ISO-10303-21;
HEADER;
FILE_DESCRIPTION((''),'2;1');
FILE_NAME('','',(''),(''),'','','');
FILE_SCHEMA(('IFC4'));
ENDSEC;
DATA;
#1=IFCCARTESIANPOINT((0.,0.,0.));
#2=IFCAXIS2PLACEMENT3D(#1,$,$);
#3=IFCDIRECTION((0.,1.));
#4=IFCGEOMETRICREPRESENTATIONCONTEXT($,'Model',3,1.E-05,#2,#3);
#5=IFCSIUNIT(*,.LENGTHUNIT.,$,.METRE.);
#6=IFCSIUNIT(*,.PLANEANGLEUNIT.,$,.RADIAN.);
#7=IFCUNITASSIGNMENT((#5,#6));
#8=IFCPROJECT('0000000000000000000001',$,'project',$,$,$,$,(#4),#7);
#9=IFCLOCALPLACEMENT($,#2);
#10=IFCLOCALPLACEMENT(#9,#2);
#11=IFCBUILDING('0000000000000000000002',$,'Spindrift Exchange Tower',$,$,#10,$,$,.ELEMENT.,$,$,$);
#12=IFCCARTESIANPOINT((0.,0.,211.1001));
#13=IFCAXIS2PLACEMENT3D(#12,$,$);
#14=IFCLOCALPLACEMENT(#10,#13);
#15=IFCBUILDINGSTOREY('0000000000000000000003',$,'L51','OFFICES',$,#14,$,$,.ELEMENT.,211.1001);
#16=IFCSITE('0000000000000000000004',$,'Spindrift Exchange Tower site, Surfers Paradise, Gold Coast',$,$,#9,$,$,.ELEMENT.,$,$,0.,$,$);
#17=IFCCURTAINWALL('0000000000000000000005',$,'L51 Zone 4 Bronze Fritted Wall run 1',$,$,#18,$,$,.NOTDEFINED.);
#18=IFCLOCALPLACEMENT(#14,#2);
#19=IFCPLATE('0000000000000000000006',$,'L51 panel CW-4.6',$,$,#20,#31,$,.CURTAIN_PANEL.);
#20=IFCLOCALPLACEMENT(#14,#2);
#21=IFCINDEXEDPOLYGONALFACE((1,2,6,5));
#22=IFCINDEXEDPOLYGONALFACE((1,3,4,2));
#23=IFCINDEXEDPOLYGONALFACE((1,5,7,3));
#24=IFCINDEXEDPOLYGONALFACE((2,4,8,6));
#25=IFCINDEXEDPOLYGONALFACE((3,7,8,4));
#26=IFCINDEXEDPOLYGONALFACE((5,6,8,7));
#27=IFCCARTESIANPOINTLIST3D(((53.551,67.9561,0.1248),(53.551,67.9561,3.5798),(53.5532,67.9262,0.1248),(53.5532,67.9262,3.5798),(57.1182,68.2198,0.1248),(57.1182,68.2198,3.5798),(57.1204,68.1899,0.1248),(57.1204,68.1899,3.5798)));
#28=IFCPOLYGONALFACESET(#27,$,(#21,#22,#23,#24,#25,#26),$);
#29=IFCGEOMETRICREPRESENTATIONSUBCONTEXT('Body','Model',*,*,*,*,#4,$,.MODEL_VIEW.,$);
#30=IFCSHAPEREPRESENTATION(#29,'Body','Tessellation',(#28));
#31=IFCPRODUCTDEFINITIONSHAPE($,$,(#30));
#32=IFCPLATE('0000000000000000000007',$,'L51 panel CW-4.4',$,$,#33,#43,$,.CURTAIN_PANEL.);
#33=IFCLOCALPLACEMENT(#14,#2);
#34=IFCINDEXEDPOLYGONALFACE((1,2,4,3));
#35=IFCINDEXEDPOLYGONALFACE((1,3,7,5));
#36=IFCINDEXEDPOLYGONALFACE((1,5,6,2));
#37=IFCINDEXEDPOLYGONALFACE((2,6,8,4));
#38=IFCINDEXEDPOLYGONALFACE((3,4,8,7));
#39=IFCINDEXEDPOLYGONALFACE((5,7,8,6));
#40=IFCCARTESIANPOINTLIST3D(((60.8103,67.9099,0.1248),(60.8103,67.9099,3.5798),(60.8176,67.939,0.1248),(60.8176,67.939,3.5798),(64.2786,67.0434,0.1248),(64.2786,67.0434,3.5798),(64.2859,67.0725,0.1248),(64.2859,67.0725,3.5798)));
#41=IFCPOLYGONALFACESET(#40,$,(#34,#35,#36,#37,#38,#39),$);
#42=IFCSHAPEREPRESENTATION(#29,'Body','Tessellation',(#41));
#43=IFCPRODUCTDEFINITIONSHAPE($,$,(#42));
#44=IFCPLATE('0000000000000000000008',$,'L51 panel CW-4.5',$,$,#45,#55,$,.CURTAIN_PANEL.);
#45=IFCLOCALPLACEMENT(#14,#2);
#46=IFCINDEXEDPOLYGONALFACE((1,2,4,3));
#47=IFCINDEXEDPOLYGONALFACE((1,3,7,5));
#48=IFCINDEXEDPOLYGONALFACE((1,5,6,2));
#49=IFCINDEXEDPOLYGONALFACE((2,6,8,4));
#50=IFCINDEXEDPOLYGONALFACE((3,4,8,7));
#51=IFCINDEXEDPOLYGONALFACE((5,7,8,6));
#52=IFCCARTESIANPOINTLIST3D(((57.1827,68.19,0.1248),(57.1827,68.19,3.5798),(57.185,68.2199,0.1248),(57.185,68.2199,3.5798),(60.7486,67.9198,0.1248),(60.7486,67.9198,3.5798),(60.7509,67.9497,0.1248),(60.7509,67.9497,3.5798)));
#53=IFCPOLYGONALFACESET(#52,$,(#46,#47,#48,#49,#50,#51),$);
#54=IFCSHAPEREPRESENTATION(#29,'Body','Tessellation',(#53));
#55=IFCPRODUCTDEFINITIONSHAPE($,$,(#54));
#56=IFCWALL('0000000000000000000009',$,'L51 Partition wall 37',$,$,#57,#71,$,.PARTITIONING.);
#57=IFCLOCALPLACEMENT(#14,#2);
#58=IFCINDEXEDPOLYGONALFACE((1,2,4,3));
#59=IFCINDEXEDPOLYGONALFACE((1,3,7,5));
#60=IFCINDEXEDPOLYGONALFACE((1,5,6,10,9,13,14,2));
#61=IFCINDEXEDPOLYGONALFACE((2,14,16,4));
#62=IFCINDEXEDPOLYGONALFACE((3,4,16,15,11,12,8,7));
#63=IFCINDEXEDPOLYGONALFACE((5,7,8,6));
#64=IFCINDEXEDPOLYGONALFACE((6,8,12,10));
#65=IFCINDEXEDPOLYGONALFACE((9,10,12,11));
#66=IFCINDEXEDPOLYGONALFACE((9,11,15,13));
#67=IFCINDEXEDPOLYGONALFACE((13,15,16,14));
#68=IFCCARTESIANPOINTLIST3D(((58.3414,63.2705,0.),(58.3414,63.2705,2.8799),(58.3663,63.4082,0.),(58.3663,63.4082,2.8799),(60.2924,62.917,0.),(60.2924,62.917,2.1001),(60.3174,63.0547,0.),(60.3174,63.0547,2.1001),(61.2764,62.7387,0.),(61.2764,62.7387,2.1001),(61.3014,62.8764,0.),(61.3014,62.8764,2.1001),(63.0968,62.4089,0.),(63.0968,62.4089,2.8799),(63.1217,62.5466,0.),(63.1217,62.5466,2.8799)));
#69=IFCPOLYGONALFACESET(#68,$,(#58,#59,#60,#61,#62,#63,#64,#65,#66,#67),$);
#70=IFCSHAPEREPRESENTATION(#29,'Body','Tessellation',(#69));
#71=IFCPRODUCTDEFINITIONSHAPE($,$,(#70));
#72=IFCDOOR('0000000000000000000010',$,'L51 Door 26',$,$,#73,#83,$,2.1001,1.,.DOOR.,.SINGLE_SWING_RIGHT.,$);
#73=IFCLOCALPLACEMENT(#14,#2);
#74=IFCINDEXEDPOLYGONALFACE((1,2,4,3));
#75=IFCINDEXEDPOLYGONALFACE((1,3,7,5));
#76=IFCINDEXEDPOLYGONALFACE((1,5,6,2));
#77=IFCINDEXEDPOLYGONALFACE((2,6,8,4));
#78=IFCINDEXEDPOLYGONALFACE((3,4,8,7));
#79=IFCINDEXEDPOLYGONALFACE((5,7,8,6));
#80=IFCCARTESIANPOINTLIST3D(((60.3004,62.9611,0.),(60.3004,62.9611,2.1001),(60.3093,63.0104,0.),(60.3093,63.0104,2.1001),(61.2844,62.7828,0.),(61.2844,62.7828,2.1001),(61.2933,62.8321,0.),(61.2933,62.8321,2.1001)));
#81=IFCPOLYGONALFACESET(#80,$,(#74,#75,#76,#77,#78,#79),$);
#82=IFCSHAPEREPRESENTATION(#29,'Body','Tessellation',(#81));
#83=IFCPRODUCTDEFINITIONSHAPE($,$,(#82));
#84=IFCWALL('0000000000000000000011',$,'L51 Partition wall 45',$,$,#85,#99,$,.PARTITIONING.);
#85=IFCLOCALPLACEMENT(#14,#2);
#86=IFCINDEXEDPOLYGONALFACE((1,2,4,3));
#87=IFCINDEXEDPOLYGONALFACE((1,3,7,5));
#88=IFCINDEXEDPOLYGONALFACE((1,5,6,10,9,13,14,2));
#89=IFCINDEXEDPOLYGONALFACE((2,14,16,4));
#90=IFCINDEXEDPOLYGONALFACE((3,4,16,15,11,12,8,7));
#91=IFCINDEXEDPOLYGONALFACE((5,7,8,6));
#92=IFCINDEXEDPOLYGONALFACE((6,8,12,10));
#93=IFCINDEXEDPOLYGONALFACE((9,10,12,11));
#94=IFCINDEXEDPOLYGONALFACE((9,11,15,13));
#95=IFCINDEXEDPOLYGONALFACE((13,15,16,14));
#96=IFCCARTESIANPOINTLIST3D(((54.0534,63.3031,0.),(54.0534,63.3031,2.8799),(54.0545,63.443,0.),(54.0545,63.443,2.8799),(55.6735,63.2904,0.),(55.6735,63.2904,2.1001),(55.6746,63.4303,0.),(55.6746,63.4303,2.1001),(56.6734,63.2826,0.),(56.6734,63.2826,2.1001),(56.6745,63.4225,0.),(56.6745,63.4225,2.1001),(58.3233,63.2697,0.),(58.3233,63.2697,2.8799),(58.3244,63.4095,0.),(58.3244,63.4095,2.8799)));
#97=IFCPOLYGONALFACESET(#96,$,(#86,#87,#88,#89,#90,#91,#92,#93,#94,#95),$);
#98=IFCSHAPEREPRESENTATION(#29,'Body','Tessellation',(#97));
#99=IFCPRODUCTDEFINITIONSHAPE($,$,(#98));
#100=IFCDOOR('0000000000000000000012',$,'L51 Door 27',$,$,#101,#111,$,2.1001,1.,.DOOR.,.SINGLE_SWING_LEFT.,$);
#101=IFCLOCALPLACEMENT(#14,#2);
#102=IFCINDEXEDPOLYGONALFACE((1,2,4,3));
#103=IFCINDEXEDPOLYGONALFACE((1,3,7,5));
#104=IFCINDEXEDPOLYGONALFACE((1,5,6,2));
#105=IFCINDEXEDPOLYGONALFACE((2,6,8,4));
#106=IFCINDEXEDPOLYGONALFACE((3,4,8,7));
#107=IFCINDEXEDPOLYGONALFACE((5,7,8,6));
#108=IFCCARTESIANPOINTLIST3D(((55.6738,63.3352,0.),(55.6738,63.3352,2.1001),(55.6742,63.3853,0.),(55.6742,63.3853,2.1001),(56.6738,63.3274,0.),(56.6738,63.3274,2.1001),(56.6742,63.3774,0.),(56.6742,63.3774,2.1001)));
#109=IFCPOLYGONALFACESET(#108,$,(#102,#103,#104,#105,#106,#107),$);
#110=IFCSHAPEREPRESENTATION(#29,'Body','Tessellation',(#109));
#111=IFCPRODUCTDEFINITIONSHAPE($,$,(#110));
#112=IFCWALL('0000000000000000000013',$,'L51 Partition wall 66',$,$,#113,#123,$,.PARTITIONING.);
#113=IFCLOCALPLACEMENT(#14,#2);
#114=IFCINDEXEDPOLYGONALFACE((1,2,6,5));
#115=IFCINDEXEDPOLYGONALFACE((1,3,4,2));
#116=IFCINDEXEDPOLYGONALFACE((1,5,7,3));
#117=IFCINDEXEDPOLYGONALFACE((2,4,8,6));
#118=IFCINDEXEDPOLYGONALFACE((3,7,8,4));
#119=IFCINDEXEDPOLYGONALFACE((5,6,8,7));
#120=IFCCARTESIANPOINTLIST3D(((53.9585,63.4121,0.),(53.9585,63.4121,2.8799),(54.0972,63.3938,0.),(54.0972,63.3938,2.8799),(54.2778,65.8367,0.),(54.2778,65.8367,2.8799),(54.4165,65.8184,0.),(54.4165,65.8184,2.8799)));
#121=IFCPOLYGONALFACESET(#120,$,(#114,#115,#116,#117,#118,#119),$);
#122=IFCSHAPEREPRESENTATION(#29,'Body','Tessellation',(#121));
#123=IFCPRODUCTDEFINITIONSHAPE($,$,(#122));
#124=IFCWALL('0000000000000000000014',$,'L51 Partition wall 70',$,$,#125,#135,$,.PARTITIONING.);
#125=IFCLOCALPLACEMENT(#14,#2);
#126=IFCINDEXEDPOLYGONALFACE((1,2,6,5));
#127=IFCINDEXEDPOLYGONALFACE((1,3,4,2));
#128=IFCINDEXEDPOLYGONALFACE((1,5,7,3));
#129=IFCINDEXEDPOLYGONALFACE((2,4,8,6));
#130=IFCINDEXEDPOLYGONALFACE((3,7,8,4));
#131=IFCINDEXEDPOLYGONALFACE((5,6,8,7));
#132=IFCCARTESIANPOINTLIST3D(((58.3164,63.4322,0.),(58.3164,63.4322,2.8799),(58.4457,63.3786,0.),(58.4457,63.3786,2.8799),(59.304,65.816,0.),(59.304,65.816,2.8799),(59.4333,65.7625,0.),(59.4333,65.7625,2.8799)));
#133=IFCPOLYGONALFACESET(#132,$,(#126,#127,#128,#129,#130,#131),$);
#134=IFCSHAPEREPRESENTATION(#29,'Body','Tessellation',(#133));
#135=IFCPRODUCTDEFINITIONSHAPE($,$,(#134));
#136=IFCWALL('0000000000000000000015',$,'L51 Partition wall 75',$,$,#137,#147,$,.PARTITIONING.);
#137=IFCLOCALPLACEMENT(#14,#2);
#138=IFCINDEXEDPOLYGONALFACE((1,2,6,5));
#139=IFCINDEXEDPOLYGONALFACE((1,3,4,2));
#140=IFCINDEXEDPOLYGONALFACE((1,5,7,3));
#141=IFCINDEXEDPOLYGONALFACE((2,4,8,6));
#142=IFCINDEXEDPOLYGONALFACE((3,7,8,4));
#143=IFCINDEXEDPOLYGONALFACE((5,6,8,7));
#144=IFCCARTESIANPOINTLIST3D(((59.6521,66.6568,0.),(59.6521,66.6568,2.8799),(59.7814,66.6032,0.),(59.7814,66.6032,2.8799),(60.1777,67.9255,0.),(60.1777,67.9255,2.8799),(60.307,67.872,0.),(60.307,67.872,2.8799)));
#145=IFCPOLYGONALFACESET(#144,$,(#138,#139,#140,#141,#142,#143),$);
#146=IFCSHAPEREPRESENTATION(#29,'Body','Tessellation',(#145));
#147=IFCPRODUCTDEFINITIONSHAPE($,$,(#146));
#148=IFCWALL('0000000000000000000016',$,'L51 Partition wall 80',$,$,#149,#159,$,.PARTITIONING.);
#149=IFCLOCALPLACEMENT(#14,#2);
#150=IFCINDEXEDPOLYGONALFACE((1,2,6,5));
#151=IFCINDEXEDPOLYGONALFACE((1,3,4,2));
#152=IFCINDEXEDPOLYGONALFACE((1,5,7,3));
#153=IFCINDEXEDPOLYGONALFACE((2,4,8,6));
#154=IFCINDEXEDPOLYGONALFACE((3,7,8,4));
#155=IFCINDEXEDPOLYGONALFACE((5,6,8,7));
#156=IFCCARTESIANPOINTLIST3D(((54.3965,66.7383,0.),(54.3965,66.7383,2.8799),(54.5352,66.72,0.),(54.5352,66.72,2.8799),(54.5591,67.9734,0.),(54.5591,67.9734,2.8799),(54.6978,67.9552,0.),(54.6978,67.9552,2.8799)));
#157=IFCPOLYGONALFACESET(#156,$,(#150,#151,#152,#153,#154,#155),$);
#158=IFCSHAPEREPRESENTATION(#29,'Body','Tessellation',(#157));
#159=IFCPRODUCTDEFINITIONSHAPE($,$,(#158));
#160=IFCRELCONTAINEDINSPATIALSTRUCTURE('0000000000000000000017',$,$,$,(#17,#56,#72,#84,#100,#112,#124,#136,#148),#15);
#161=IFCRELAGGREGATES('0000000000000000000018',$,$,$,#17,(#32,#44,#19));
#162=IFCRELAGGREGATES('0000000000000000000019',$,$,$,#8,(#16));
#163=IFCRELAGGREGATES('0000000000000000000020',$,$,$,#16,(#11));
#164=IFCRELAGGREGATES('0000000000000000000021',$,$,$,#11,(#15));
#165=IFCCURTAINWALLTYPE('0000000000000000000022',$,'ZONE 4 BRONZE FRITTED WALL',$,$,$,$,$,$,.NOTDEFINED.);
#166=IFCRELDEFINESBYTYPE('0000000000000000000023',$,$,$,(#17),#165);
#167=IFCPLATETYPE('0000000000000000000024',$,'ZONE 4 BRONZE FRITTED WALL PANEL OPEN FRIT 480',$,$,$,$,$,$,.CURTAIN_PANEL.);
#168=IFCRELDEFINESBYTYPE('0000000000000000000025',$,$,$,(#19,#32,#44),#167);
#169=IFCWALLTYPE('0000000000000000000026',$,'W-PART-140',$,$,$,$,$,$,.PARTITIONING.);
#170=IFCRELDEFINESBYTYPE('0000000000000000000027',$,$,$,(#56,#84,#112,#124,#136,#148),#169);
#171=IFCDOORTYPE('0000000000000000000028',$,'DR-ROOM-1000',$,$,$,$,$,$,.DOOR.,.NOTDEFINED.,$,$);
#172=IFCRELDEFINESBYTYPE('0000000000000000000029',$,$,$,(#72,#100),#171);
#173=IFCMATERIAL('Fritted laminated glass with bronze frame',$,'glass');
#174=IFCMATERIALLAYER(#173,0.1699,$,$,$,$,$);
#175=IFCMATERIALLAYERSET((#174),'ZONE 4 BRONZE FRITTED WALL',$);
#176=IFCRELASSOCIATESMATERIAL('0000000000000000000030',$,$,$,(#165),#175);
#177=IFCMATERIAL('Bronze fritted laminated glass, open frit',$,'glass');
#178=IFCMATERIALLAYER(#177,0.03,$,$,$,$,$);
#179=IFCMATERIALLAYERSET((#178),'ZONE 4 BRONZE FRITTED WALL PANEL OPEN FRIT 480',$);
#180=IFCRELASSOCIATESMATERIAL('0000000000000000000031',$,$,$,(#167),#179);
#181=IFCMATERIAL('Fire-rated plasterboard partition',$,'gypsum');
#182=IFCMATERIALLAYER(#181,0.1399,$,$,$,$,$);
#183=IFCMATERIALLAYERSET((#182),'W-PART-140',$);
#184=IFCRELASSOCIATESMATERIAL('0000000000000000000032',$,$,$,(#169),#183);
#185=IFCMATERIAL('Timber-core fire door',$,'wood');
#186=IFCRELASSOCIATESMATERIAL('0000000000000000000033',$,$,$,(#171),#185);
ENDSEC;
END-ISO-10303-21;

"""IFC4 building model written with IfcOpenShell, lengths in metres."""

from ifc_helpers import new_model, si_unit, direction, frame, frame_2d, origin, origin_2d, place, context, subcontext, project, spatial, rectangle, extrude, source, transform, mapped, material, layer, layer_set, type_object, element, fill, aggregate, save


model = new_model("IFC4")

# Units and contexts
model_context = context("Model", 3, precision=1e-05, world=origin(), true_north=direction((0.0, 1.0)))
body_context = subcontext(model_context, "Body", "Model", "MODEL_VIEW")
ifc_project = project(units=[si_unit("LENGTHUNIT", "METRE"), si_unit("PLANEANGLEUNIT", "RADIAN")], contexts=[model_context])

# Site, building, storey
site_placement = place(None, origin())
site = spatial("IfcSite", under=ifc_project, at=site_placement, Name="Spindrift Exchange Tower site, Surfers Paradise, Gold Coast", CompositionType="ELEMENT", RefElevation=0.0)
building_placement = place(site_placement, origin())
building = spatial("IfcBuilding", under=site, at=building_placement, Name="Spindrift Exchange Tower", CompositionType="ELEMENT")
storey_placement = place(building_placement, frame((0.0, 0.0, 211.1001)))
storey = spatial("IfcBuildingStorey", under=building, at=storey_placement, Name="L51", Description="OFFICES", CompositionType="ELEMENT", Elevation=211.1001)

# Curtain wall
ifc_material_1 = material(Name="Fritted laminated glass with bronze frame", Category="glass")
ifc_layer_1 = layer(ifc_material_1, 0.1699)
ifc_layer_set_1 = layer_set([ifc_layer_1], Name="ZONE 4 BRONZE FRITTED WALL")
curtain_wall_type = type_object("IfcCurtainWallType", Name="ZONE 4 BRONZE FRITTED WALL", PredefinedType="NOTDEFINED", material=ifc_layer_set_1)
curtain_wall_1_placement = place(storey_placement, origin())
curtain_wall_1 = element("IfcCurtainWall", 1, at=curtain_wall_1_placement, inside=storey, type_object=curtain_wall_type, Name="L51 Zone 4 Bronze Fritted Wall run 1", PredefinedType="NOTDEFINED")

# Plates
ifc_material_2 = material(Name="Bronze fritted laminated glass, open frit", Category="glass")
ifc_layer_2 = layer(ifc_material_2, 0.03)
ifc_layer_set_2 = layer_set([ifc_layer_2], Name="ZONE 4 BRONZE FRITTED WALL PANEL OPEN FRIT 480")
plate_type = type_object("IfcPlateType", Name="ZONE 4 BRONZE FRITTED WALL PANEL OPEN FRIT 480", PredefinedType="CURTAIN_PANEL", material=ifc_layer_set_2)
shared_shape_1 = source(origin(), body_context, "Body", "SweptSolid", [
    extrude(rectangle(XDim=3.5769, YDim=0.03, at=origin_2d()), origin(), (0.0, 0.0, 1.0), 3.4551),
])
plate_1_placement = place(storey_placement, frame((55.3357, 68.073, 0.1248), z_axis=(0.0, 0.0, 1.0), x_axis=(-0.997278, -0.073727, 0.0)))
plate_1 = element("IfcPlate", 2, at=plate_1_placement, type_object=plate_type, Name="L51 panel CW-4.6", PredefinedType="CURTAIN_PANEL", context=body_context, shape_type="MappedRepresentation", body=[
    mapped(shared_shape_1, transform((0.0, 0.0, 0.0), scale=1.0)),
])
shared_shape_2 = source(origin(), body_context, "Body", "SweptSolid", [
    extrude(rectangle(XDim=3.575, YDim=0.03, at=origin_2d()), origin(), (0.0, 0.0, 1.0), 3.4551),
])
plate_2_placement = place(storey_placement, frame((62.5481, 67.4912, 0.1248), z_axis=(0.0, 0.0, 1.0), x_axis=(-0.970178, 0.242393, 0.0)))
plate_2 = element("IfcPlate", 3, at=plate_2_placement, type_object=plate_type, Name="L51 panel CW-4.4", PredefinedType="CURTAIN_PANEL", context=body_context, shape_type="MappedRepresentation", body=[
    mapped(shared_shape_2, transform((0.0, 0.0, 0.0), scale=1.0)),
])
shared_shape_3 = source(origin(), body_context, "Body", "SweptSolid", [
    extrude(rectangle(XDim=3.5762, YDim=0.03, at=origin_2d()), origin(), (0.0, 0.0, 1.0), 3.4551),
])
plate_3_placement = place(storey_placement, frame((58.9668, 68.0698, 0.1248), z_axis=(0.0, 0.0, 1.0), x_axis=(-0.997142, 0.075555, 0.0)))
plate_3 = element("IfcPlate", 4, at=plate_3_placement, type_object=plate_type, Name="L51 panel CW-4.5", PredefinedType="CURTAIN_PANEL", context=body_context, shape_type="MappedRepresentation", body=[
    mapped(shared_shape_3, transform((0.0, 0.0, 0.0), scale=1.0)),
])
aggregate(curtain_wall_1, [plate_2, plate_3, plate_1])

# Walls, openings, doors
ifc_material_3 = material(Name="Fire-rated plasterboard partition", Category="gypsum")
ifc_layer_3 = layer(ifc_material_3, 0.1399)
ifc_layer_set_3 = layer_set([ifc_layer_3], Name="W-PART-140")
wall_type = type_object("IfcWallType", Name="W-PART-140", PredefinedType="PARTITIONING", material=ifc_layer_set_3)
wall_1_placement = place(storey_placement, frame((58.3538, 63.3394, 0.0), z_axis=(0.0, 0.0, 1.0), x_axis=(0.98398, -0.178276, 0.0)))
wall_1 = element("IfcWall", 5, at=wall_1_placement, inside=storey, type_object=wall_type, Name="L51 Partition wall 37", PredefinedType="PARTITIONING", context=body_context, shape_type="SweptSolid", body=[
    extrude(rectangle(XDim=4.8328, YDim=0.1399, at=frame_2d((2.4165, 0.0))), origin(), (0.0, 0.0, 1.0), 2.8799),
])
opening_1_placement = place(wall_1_placement, frame((1.9829, 0.0, 0.0)))
opening_1 = element("IfcOpeningElement", 6, at=opening_1_placement, cuts=wall_1, PredefinedType="OPENING", context=body_context, shape_type="SweptSolid", body=[
    extrude(rectangle(XDim=1.0, YDim=2.1001, at=frame_2d((0.5, 1.05))), frame((0.0, 0.0798, 0.0), z_axis=(0.0, -1.0, 0.0), x_axis=(1.0, 0.0, 0.0)), (0.0, 0.0, 1.0), 0.1599),
])
ifc_material_4 = material(Name="Timber-core fire door", Category="wood")
door_type = type_object("IfcDoorType", Name="DR-ROOM-1000", OperationType="NOTDEFINED", PredefinedType="DOOR", material=ifc_material_4)
shared_shape_4 = source(origin(), body_context, "Body", "SweptSolid", [
    extrude(rectangle(XDim=1.0, YDim=2.1001, at=frame_2d((0.5, 1.05))), frame((0.0, 0.0249, 0.0), z_axis=(0.0, -1.0, 0.0), x_axis=(1.0, 0.0, 0.0)), (0.0, 0.0, 1.0), 0.05),
])
door_1_placement = place(opening_1_placement, origin())
door_1 = element("IfcDoor", 7, at=door_1_placement, inside=storey, type_object=door_type, Name="L51 Door 26", OperationType="SINGLE_SWING_RIGHT", OverallHeight=2.1001, OverallWidth=1.0, PredefinedType="DOOR", context=body_context, shape_type="MappedRepresentation", body=[
    mapped(shared_shape_4, transform((0.0, 0.0, 0.0), scale=1.0)),
])
fill(opening_1, door_1)
wall_2_placement = place(storey_placement, frame((54.054, 63.373, 0.0), z_axis=(0.0, 0.0, 1.0), x_axis=(0.999969, -0.007833, 0.0)))
wall_2 = element("IfcWall", 8, at=wall_2_placement, inside=storey, type_object=wall_type, Name="L51 Partition wall 45", PredefinedType="PARTITIONING", context=body_context, shape_type="SweptSolid", body=[
    extrude(rectangle(XDim=4.27, YDim=0.1399, at=frame_2d((2.135, 0.0))), origin(), (0.0, 0.0, 1.0), 2.8799),
])
opening_2_placement = place(wall_2_placement, frame((1.6201, 0.0, 0.0)))
opening_2 = element("IfcOpeningElement", 9, at=opening_2_placement, cuts=wall_2, PredefinedType="OPENING", context=body_context, shape_type="SweptSolid", body=[
    extrude(rectangle(XDim=1.0, YDim=2.1001, at=frame_2d((0.5, 1.05))), frame((0.0, 0.0798, 0.0), z_axis=(0.0, -1.0, 0.0), x_axis=(1.0, 0.0, 0.0)), (0.0, 0.0, 1.0), 0.1599),
])
door_2_placement = place(opening_2_placement, origin())
door_2 = element("IfcDoor", 10, at=door_2_placement, inside=storey, type_object=door_type, Name="L51 Door 27", OperationType="SINGLE_SWING_LEFT", OverallHeight=2.1001, OverallWidth=1.0, PredefinedType="DOOR", context=body_context, shape_type="MappedRepresentation", body=[
    mapped(shared_shape_4, transform((0.0, 0.0, 0.0), scale=1.0)),
])
fill(opening_2, door_2)

# Walls
wall_3_placement = place(storey_placement, frame((54.0278, 63.4031, 0.0), z_axis=(0.0, 0.0, 1.0), x_axis=(0.130581, 0.991438, 0.0)))
element("IfcWall", 11, at=wall_3_placement, inside=storey, type_object=wall_type, Name="L51 Partition wall 66", PredefinedType="PARTITIONING", context=body_context, shape_type="SweptSolid", body=[
    extrude(rectangle(XDim=2.4456, YDim=0.1399, at=frame_2d((1.2227, 0.0))), origin(), (0.0, 0.0, 1.0), 2.8799),
])
wall_4_placement = place(storey_placement, frame((58.3811, 63.4055, 0.0), z_axis=(0.0, 0.0, 1.0), x_axis=(0.382733, 0.923859, 0.0)))
element("IfcWall", 12, at=wall_4_placement, inside=storey, type_object=wall_type, Name="L51 Partition wall 70", PredefinedType="PARTITIONING", context=body_context, shape_type="SweptSolid", body=[
    extrude(rectangle(XDim=2.5803, YDim=0.1399, at=frame_2d((1.29, 0.0))), origin(), (0.0, 0.0, 1.0), 2.8799),
])
wall_5_placement = place(storey_placement, frame((59.7168, 66.6301, 0.0), z_axis=(0.0, 0.0, 1.0), x_axis=(0.382734, 0.923859, 0.0)))
element("IfcWall", 13, at=wall_5_placement, inside=storey, type_object=wall_type, Name="L51 Partition wall 75", PredefinedType="PARTITIONING", context=body_context, shape_type="SweptSolid", body=[
    extrude(rectangle(XDim=1.3733, YDim=0.1399, at=frame_2d((0.6865, 0.0))), origin(), (0.0, 0.0, 1.0), 2.8799),
])
wall_6_placement = place(storey_placement, frame((54.4658, 66.729, 0.0), z_axis=(0.0, 0.0, 1.0), x_axis=(0.13052, 0.991446, 0.0)))
element("IfcWall", 14, at=wall_6_placement, inside=storey, type_object=wall_type, Name="L51 Partition wall 80", PredefinedType="PARTITIONING", context=body_context, shape_type="SweptSolid", body=[
    extrude(rectangle(XDim=1.2458, YDim=0.1399, at=frame_2d((0.623, 0.0))), origin(), (0.0, 0.0, 1.0), 2.8799),
])

save(model, "model.ifc")
